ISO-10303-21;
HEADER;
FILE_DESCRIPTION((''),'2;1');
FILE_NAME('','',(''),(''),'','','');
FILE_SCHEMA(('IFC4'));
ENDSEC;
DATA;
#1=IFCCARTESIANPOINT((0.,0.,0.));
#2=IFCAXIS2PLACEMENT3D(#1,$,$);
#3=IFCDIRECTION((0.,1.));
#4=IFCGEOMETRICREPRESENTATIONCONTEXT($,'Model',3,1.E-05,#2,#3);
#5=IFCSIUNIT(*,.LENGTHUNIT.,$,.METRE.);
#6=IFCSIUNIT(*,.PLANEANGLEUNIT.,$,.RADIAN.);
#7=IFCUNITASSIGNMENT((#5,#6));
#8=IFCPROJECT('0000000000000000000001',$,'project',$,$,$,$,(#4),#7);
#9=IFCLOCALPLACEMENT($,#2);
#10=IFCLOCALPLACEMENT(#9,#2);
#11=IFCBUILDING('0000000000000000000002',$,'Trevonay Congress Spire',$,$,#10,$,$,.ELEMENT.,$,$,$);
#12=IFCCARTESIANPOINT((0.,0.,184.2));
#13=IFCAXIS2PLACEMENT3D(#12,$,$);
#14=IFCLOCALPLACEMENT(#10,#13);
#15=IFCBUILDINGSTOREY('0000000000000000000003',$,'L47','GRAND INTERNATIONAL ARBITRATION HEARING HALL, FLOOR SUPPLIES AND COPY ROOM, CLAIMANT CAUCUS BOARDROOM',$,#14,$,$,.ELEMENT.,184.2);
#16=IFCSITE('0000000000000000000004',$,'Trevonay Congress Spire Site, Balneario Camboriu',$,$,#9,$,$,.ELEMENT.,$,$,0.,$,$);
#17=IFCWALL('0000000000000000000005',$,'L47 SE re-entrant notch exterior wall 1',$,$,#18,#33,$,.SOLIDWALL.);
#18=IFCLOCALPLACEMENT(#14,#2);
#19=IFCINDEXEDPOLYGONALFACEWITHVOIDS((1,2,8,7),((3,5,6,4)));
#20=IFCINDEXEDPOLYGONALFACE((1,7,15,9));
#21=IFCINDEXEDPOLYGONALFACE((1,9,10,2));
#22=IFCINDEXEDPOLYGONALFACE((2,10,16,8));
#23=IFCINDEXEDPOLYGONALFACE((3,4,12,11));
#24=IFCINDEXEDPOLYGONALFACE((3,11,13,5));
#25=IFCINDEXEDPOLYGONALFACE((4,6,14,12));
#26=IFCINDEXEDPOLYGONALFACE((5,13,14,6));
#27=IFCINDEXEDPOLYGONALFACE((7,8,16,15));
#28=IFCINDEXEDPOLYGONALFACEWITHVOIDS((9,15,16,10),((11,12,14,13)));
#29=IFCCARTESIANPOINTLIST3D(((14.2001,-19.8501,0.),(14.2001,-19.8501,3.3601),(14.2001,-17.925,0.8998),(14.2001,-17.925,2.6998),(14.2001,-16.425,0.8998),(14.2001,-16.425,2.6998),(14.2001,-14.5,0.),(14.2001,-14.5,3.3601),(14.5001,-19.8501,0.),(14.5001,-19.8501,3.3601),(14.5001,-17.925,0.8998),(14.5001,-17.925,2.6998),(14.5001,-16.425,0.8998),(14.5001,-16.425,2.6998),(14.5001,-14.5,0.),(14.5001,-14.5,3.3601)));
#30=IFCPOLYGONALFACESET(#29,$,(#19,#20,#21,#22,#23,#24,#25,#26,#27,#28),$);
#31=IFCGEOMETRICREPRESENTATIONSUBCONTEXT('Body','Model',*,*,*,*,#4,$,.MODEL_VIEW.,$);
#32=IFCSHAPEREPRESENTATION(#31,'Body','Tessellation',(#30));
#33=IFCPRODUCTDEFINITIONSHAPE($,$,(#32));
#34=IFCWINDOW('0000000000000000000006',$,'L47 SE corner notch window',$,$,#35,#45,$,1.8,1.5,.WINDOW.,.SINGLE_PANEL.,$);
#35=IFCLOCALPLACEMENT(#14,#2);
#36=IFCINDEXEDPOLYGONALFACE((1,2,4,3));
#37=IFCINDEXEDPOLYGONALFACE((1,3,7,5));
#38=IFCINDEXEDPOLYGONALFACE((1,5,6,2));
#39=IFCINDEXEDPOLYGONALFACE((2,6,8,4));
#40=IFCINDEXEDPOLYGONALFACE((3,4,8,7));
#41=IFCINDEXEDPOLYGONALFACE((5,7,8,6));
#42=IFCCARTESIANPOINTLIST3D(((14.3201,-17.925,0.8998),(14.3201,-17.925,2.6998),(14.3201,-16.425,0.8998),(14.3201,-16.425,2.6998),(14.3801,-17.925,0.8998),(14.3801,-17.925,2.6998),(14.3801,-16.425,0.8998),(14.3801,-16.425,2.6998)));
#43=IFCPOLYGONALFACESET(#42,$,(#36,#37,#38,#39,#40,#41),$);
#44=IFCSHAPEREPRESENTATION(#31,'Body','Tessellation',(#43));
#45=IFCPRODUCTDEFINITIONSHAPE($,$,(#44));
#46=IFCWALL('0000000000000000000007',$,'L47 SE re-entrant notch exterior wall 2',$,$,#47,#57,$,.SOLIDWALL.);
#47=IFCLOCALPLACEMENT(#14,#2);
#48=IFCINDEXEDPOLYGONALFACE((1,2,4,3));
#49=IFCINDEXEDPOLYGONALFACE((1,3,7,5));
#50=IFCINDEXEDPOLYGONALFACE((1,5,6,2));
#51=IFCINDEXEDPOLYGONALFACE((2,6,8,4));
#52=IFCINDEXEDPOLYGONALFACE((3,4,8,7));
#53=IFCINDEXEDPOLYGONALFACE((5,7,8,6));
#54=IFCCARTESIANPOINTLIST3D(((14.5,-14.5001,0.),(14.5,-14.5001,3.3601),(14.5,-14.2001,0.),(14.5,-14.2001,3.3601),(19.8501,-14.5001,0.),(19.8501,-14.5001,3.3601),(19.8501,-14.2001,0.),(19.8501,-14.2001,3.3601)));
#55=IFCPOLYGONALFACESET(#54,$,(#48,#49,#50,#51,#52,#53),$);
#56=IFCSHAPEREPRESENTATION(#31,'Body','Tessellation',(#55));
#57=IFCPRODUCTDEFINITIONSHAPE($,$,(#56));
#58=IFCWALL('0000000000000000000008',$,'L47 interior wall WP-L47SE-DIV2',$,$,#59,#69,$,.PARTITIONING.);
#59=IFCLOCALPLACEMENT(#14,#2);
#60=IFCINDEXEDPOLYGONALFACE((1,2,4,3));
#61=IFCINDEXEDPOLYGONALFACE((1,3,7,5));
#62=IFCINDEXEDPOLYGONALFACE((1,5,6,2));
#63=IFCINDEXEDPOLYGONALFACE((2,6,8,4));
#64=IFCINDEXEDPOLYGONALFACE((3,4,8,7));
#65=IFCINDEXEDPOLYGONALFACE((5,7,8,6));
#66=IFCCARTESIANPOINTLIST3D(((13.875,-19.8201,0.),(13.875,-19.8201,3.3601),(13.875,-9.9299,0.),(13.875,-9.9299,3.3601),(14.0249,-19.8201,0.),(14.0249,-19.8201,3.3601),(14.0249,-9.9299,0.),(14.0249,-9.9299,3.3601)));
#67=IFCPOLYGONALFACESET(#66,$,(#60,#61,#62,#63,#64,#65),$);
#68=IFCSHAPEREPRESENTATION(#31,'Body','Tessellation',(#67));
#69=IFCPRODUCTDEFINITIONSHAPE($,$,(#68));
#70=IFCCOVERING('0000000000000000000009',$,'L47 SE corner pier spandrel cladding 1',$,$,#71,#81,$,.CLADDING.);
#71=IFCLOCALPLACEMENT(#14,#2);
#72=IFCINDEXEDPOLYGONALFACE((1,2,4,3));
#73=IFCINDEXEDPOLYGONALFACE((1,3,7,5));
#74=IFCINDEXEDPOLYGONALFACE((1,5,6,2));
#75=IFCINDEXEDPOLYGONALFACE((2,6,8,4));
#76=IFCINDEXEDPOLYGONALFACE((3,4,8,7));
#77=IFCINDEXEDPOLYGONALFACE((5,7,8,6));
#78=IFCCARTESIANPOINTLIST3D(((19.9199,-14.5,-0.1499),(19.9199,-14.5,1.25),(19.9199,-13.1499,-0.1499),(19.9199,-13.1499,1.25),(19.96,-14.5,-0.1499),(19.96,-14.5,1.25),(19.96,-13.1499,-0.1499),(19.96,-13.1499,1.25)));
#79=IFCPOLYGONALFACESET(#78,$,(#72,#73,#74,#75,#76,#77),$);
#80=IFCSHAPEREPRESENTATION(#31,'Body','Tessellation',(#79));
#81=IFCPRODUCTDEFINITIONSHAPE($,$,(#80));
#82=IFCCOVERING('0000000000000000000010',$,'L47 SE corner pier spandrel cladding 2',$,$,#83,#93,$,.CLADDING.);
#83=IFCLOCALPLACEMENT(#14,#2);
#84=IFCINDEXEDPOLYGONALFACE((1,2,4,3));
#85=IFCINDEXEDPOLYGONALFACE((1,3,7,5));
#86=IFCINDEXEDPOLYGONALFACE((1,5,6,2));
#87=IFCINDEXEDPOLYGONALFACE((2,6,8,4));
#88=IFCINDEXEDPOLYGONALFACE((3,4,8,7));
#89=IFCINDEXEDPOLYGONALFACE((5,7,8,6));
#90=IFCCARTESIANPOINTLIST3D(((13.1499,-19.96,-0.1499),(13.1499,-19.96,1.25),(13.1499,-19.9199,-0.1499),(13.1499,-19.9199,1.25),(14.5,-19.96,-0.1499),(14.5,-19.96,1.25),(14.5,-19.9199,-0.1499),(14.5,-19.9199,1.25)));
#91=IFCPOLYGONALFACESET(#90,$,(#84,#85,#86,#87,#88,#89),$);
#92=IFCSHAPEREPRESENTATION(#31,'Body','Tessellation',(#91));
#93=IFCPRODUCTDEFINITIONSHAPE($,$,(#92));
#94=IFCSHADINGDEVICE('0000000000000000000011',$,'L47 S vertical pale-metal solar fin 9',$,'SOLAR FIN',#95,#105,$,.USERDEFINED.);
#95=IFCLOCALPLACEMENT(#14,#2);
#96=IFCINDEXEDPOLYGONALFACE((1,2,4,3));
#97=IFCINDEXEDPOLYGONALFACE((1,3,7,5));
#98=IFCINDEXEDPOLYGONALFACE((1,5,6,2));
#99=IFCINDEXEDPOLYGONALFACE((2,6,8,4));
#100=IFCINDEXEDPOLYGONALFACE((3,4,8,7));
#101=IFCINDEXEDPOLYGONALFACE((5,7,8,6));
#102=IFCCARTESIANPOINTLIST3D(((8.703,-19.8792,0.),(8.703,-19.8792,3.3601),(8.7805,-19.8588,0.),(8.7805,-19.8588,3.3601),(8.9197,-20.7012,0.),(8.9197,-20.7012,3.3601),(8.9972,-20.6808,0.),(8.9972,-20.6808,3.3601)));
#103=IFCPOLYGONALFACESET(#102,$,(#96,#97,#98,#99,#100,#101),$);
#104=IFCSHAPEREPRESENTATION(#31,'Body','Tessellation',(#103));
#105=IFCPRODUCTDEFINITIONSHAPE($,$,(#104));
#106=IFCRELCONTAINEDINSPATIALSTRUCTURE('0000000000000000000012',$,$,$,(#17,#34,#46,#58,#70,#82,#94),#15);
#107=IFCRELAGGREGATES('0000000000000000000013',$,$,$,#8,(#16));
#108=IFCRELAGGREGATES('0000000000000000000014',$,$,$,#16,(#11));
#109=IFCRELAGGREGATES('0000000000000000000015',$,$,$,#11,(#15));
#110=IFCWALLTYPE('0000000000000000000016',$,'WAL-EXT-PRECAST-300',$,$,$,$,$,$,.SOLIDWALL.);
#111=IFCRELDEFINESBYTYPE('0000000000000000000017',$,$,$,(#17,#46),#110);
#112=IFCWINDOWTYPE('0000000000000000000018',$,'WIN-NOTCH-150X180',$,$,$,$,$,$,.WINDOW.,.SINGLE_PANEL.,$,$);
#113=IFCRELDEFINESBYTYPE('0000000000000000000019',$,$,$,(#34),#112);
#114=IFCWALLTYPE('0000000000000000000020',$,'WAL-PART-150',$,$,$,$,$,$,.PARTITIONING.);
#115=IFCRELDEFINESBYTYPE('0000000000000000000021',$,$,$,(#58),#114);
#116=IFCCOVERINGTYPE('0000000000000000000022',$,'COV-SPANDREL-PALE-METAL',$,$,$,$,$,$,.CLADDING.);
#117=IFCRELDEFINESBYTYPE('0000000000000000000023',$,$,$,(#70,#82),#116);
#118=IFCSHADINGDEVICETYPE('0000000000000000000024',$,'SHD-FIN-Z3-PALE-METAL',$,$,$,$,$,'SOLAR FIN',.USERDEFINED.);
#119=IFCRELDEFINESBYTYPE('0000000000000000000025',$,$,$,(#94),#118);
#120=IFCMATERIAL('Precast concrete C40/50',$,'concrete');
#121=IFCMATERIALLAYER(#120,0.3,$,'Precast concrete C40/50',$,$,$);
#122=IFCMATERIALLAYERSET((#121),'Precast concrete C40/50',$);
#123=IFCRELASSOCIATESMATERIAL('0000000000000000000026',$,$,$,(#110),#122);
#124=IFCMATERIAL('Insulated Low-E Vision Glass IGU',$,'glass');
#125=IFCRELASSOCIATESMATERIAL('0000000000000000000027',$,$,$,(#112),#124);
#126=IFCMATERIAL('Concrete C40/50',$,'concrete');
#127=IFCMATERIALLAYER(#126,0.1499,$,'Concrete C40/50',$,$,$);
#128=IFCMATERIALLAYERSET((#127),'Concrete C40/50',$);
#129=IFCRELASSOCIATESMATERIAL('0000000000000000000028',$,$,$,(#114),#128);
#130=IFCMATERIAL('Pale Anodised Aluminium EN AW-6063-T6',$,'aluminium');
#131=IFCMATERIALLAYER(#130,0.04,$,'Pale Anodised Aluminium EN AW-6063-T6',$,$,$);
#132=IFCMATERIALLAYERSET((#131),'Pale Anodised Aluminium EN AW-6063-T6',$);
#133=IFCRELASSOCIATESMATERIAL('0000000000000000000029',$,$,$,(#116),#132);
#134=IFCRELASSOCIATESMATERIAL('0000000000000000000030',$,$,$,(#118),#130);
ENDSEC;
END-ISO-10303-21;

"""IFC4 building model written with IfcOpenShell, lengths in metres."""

from ifc_helpers import new_model, si_unit, direction, frame, frame_2d, origin, origin_2d, place, context, subcontext, project, spatial, rectangle, extrude, material, layer, layer_set, type_object, element, fill, save


model = new_model("IFC4")

# Units and contexts
model_context = context("Model", 3, precision=1e-05, world=origin(), true_north=direction((0.0, 1.0)))
body_context = subcontext(model_context, "Body", "Model", "MODEL_VIEW")
ifc_project = project(units=[si_unit("LENGTHUNIT", "METRE"), si_unit("PLANEANGLEUNIT", "RADIAN")], contexts=[model_context])

# Site, building, storey
site_placement = place(None, origin())
site = spatial("IfcSite", under=ifc_project, at=site_placement, Name="Trevonay Congress Spire Site, Balneario Camboriu", CompositionType="ELEMENT", RefElevation=0.0)
building_placement = place(site_placement, origin())
building = spatial("IfcBuilding", under=site, at=building_placement, Name="Trevonay Congress Spire", CompositionType="ELEMENT")
storey_placement = place(building_placement, frame((0.0, 0.0, 184.2)))
storey = spatial("IfcBuildingStorey", under=building, at=storey_placement, Name="L47", Description="GRAND INTERNATIONAL ARBITRATION HEARING HALL, FLOOR SUPPLIES AND COPY ROOM, CLAIMANT CAUCUS BOARDROOM", CompositionType="ELEMENT", Elevation=184.2)

# Shared definitions
ifc_material_1 = material(Name="Pale Anodised Aluminium EN AW-6063-T6", Category="aluminium")

# Shared definitions
ifc_material_2 = material(Name="Insulated Low-E Vision Glass IGU", Category="glass")

# Wall, opening, window
ifc_material_3 = material(Name="Precast concrete C40/50", Category="concrete")
ifc_layer_1 = layer(ifc_material_3, 0.3, Name="Precast concrete C40/50")
ifc_layer_set_1 = layer_set([ifc_layer_1], Name="Precast concrete C40/50")
wall_type_1 = type_object("IfcWallType", Name="WAL-EXT-PRECAST-300", PredefinedType="SOLIDWALL", material=ifc_layer_set_1)
wall_1_placement = place(storey_placement, frame((14.3501, -19.8501, 0.0), z_axis=(0.0, 0.0, 1.0), x_axis=(0.0, 1.0, 0.0)))
wall_1 = element("IfcWall", 1, at=wall_1_placement, inside=storey, type_object=wall_type_1, Name="L47 SE re-entrant notch exterior wall 1", PredefinedType="SOLIDWALL", context=body_context, shape_type="SweptSolid", body=[
    extrude(rectangle(XDim=5.3501, YDim=0.3, at=frame_2d((2.675, 0.0))), origin(), (0.0, 0.0, 1.0), 3.3601),
])
opening_placement = place(wall_1_placement, frame((1.925, 0.0, 0.8999)))
opening = element("IfcOpeningElement", 2, at=opening_placement, cuts=wall_1, PredefinedType="OPENING", context=body_context, shape_type="SweptSolid", body=[
    extrude(rectangle(XDim=1.5, YDim=1.8, at=frame_2d((0.75, 0.8999))), frame((0.0, 0.1602, 0.0), z_axis=(0.0, -1.0, 0.0), x_axis=(1.0, 0.0, 0.0)), (0.0, 0.0, 1.0), 0.3201),
])
window_type = type_object("IfcWindowType", Name="WIN-NOTCH-150X180", PartitioningType="SINGLE_PANEL", PredefinedType="WINDOW", material=ifc_material_2)
window_placement = place(opening_placement, origin())
window = element("IfcWindow", 3, at=window_placement, inside=storey, type_object=window_type, Name="L47 SE corner notch window", OverallHeight=1.8, OverallWidth=1.5, PartitioningType="SINGLE_PANEL", PredefinedType="WINDOW", context=body_context, shape_type="SweptSolid", body=[
    extrude(rectangle(XDim=1.5, YDim=1.8, at=frame_2d((0.75, 0.8999))), frame((0.0, 0.03, 0.0), z_axis=(0.0, -1.0, 0.0), x_axis=(1.0, 0.0, 0.0)), (0.0, 0.0, 1.0), 0.0601),
])
fill(opening, window)

# Walls
wall_2_placement = place(storey_placement, frame((19.8501, -14.3501, 0.0), z_axis=(0.0, 0.0, 1.0), x_axis=(-1.0, 0.0, 0.0)))
element("IfcWall", 4, at=wall_2_placement, inside=storey, type_object=wall_type_1, Name="L47 SE re-entrant notch exterior wall 2", PredefinedType="SOLIDWALL", context=body_context, shape_type="SweptSolid", body=[
    extrude(rectangle(XDim=5.3501, YDim=0.3, at=frame_2d((2.675, 0.0))), origin(), (0.0, 0.0, 1.0), 3.3601),
])
ifc_material_4 = material(Name="Concrete C40/50", Category="concrete")
ifc_layer_2 = layer(ifc_material_4, 0.1499, Name="Concrete C40/50")
ifc_layer_set_2 = layer_set([ifc_layer_2], Name="Concrete C40/50")
wall_type_2 = type_object("IfcWallType", Name="WAL-PART-150", PredefinedType="PARTITIONING", material=ifc_layer_set_2)
wall_3_placement = place(storey_placement, frame((13.95, -19.8201, 0.0), z_axis=(0.0, 0.0, 1.0), x_axis=(0.0, 1.0, 0.0)))
element("IfcWall", 5, at=wall_3_placement, inside=storey, type_object=wall_type_2, Name="L47 interior wall WP-L47SE-DIV2", PredefinedType="PARTITIONING", context=body_context, shape_type="SweptSolid", body=[
    extrude(rectangle(XDim=9.8901, YDim=0.1499, at=frame_2d((4.9451, 0.0))), origin(), (0.0, 0.0, 1.0), 3.3601),
])

# Coverings
ifc_layer_3 = layer(ifc_material_1, 0.04, Name="Pale Anodised Aluminium EN AW-6063-T6")
ifc_layer_set_3 = layer_set([ifc_layer_3], Name="Pale Anodised Aluminium EN AW-6063-T6")
covering_type = type_object("IfcCoveringType", Name="COV-SPANDREL-PALE-METAL", PredefinedType="CLADDING", material=ifc_layer_set_3)
for number, where, z_axis, x_axis, name in (
    (6, (19.9399, -13.1499, -0.1499), (0.0, 0.0, 1.0), (0.0, -1.0, 0.0), "L47 SE corner pier spandrel cladding 1"),
    (7, (13.1499, -19.9399, -0.1499), (0.0, 0.0, 1.0), (1.0, 0.0, 0.0), "L47 SE corner pier spandrel cladding 2"),
):
    element("IfcCovering", number, at=place(storey_placement, frame(where, z_axis=z_axis, x_axis=x_axis)), inside=storey, type_object=covering_type, Name=name, PredefinedType="CLADDING", context=body_context, shape_type="SweptSolid", body=[
        extrude(rectangle(XDim=1.3501, YDim=0.04, at=frame_2d((0.675, 0.0))), origin(), (0.0, 0.0, 1.0), 1.3999),
    ])

# Shading device
shading_device_type = type_object("IfcShadingDeviceType", Name="SHD-FIN-Z3-PALE-METAL", ElementType="SOLAR FIN", PredefinedType="USERDEFINED", material=ifc_material_1)
shading_device_placement = place(storey_placement, frame((8.8501, -20.28, 0.0), z_axis=(0.0, 0.0, 1.0), x_axis=(0.966957, 0.254939, 0.0)))
element("IfcShadingDevice", 8, at=shading_device_placement, inside=storey, type_object=shading_device_type, Name="L47 S vertical pale-metal solar fin 9", ObjectType="SOLAR FIN", PredefinedType="USERDEFINED", context=body_context, shape_type="SweptSolid", body=[
    extrude(rectangle(XDim=0.0801, YDim=0.8501, at=origin_2d()), origin(), (0.0, 0.0, 1.0), 3.3601),
])

save(model, "model.ifc")
